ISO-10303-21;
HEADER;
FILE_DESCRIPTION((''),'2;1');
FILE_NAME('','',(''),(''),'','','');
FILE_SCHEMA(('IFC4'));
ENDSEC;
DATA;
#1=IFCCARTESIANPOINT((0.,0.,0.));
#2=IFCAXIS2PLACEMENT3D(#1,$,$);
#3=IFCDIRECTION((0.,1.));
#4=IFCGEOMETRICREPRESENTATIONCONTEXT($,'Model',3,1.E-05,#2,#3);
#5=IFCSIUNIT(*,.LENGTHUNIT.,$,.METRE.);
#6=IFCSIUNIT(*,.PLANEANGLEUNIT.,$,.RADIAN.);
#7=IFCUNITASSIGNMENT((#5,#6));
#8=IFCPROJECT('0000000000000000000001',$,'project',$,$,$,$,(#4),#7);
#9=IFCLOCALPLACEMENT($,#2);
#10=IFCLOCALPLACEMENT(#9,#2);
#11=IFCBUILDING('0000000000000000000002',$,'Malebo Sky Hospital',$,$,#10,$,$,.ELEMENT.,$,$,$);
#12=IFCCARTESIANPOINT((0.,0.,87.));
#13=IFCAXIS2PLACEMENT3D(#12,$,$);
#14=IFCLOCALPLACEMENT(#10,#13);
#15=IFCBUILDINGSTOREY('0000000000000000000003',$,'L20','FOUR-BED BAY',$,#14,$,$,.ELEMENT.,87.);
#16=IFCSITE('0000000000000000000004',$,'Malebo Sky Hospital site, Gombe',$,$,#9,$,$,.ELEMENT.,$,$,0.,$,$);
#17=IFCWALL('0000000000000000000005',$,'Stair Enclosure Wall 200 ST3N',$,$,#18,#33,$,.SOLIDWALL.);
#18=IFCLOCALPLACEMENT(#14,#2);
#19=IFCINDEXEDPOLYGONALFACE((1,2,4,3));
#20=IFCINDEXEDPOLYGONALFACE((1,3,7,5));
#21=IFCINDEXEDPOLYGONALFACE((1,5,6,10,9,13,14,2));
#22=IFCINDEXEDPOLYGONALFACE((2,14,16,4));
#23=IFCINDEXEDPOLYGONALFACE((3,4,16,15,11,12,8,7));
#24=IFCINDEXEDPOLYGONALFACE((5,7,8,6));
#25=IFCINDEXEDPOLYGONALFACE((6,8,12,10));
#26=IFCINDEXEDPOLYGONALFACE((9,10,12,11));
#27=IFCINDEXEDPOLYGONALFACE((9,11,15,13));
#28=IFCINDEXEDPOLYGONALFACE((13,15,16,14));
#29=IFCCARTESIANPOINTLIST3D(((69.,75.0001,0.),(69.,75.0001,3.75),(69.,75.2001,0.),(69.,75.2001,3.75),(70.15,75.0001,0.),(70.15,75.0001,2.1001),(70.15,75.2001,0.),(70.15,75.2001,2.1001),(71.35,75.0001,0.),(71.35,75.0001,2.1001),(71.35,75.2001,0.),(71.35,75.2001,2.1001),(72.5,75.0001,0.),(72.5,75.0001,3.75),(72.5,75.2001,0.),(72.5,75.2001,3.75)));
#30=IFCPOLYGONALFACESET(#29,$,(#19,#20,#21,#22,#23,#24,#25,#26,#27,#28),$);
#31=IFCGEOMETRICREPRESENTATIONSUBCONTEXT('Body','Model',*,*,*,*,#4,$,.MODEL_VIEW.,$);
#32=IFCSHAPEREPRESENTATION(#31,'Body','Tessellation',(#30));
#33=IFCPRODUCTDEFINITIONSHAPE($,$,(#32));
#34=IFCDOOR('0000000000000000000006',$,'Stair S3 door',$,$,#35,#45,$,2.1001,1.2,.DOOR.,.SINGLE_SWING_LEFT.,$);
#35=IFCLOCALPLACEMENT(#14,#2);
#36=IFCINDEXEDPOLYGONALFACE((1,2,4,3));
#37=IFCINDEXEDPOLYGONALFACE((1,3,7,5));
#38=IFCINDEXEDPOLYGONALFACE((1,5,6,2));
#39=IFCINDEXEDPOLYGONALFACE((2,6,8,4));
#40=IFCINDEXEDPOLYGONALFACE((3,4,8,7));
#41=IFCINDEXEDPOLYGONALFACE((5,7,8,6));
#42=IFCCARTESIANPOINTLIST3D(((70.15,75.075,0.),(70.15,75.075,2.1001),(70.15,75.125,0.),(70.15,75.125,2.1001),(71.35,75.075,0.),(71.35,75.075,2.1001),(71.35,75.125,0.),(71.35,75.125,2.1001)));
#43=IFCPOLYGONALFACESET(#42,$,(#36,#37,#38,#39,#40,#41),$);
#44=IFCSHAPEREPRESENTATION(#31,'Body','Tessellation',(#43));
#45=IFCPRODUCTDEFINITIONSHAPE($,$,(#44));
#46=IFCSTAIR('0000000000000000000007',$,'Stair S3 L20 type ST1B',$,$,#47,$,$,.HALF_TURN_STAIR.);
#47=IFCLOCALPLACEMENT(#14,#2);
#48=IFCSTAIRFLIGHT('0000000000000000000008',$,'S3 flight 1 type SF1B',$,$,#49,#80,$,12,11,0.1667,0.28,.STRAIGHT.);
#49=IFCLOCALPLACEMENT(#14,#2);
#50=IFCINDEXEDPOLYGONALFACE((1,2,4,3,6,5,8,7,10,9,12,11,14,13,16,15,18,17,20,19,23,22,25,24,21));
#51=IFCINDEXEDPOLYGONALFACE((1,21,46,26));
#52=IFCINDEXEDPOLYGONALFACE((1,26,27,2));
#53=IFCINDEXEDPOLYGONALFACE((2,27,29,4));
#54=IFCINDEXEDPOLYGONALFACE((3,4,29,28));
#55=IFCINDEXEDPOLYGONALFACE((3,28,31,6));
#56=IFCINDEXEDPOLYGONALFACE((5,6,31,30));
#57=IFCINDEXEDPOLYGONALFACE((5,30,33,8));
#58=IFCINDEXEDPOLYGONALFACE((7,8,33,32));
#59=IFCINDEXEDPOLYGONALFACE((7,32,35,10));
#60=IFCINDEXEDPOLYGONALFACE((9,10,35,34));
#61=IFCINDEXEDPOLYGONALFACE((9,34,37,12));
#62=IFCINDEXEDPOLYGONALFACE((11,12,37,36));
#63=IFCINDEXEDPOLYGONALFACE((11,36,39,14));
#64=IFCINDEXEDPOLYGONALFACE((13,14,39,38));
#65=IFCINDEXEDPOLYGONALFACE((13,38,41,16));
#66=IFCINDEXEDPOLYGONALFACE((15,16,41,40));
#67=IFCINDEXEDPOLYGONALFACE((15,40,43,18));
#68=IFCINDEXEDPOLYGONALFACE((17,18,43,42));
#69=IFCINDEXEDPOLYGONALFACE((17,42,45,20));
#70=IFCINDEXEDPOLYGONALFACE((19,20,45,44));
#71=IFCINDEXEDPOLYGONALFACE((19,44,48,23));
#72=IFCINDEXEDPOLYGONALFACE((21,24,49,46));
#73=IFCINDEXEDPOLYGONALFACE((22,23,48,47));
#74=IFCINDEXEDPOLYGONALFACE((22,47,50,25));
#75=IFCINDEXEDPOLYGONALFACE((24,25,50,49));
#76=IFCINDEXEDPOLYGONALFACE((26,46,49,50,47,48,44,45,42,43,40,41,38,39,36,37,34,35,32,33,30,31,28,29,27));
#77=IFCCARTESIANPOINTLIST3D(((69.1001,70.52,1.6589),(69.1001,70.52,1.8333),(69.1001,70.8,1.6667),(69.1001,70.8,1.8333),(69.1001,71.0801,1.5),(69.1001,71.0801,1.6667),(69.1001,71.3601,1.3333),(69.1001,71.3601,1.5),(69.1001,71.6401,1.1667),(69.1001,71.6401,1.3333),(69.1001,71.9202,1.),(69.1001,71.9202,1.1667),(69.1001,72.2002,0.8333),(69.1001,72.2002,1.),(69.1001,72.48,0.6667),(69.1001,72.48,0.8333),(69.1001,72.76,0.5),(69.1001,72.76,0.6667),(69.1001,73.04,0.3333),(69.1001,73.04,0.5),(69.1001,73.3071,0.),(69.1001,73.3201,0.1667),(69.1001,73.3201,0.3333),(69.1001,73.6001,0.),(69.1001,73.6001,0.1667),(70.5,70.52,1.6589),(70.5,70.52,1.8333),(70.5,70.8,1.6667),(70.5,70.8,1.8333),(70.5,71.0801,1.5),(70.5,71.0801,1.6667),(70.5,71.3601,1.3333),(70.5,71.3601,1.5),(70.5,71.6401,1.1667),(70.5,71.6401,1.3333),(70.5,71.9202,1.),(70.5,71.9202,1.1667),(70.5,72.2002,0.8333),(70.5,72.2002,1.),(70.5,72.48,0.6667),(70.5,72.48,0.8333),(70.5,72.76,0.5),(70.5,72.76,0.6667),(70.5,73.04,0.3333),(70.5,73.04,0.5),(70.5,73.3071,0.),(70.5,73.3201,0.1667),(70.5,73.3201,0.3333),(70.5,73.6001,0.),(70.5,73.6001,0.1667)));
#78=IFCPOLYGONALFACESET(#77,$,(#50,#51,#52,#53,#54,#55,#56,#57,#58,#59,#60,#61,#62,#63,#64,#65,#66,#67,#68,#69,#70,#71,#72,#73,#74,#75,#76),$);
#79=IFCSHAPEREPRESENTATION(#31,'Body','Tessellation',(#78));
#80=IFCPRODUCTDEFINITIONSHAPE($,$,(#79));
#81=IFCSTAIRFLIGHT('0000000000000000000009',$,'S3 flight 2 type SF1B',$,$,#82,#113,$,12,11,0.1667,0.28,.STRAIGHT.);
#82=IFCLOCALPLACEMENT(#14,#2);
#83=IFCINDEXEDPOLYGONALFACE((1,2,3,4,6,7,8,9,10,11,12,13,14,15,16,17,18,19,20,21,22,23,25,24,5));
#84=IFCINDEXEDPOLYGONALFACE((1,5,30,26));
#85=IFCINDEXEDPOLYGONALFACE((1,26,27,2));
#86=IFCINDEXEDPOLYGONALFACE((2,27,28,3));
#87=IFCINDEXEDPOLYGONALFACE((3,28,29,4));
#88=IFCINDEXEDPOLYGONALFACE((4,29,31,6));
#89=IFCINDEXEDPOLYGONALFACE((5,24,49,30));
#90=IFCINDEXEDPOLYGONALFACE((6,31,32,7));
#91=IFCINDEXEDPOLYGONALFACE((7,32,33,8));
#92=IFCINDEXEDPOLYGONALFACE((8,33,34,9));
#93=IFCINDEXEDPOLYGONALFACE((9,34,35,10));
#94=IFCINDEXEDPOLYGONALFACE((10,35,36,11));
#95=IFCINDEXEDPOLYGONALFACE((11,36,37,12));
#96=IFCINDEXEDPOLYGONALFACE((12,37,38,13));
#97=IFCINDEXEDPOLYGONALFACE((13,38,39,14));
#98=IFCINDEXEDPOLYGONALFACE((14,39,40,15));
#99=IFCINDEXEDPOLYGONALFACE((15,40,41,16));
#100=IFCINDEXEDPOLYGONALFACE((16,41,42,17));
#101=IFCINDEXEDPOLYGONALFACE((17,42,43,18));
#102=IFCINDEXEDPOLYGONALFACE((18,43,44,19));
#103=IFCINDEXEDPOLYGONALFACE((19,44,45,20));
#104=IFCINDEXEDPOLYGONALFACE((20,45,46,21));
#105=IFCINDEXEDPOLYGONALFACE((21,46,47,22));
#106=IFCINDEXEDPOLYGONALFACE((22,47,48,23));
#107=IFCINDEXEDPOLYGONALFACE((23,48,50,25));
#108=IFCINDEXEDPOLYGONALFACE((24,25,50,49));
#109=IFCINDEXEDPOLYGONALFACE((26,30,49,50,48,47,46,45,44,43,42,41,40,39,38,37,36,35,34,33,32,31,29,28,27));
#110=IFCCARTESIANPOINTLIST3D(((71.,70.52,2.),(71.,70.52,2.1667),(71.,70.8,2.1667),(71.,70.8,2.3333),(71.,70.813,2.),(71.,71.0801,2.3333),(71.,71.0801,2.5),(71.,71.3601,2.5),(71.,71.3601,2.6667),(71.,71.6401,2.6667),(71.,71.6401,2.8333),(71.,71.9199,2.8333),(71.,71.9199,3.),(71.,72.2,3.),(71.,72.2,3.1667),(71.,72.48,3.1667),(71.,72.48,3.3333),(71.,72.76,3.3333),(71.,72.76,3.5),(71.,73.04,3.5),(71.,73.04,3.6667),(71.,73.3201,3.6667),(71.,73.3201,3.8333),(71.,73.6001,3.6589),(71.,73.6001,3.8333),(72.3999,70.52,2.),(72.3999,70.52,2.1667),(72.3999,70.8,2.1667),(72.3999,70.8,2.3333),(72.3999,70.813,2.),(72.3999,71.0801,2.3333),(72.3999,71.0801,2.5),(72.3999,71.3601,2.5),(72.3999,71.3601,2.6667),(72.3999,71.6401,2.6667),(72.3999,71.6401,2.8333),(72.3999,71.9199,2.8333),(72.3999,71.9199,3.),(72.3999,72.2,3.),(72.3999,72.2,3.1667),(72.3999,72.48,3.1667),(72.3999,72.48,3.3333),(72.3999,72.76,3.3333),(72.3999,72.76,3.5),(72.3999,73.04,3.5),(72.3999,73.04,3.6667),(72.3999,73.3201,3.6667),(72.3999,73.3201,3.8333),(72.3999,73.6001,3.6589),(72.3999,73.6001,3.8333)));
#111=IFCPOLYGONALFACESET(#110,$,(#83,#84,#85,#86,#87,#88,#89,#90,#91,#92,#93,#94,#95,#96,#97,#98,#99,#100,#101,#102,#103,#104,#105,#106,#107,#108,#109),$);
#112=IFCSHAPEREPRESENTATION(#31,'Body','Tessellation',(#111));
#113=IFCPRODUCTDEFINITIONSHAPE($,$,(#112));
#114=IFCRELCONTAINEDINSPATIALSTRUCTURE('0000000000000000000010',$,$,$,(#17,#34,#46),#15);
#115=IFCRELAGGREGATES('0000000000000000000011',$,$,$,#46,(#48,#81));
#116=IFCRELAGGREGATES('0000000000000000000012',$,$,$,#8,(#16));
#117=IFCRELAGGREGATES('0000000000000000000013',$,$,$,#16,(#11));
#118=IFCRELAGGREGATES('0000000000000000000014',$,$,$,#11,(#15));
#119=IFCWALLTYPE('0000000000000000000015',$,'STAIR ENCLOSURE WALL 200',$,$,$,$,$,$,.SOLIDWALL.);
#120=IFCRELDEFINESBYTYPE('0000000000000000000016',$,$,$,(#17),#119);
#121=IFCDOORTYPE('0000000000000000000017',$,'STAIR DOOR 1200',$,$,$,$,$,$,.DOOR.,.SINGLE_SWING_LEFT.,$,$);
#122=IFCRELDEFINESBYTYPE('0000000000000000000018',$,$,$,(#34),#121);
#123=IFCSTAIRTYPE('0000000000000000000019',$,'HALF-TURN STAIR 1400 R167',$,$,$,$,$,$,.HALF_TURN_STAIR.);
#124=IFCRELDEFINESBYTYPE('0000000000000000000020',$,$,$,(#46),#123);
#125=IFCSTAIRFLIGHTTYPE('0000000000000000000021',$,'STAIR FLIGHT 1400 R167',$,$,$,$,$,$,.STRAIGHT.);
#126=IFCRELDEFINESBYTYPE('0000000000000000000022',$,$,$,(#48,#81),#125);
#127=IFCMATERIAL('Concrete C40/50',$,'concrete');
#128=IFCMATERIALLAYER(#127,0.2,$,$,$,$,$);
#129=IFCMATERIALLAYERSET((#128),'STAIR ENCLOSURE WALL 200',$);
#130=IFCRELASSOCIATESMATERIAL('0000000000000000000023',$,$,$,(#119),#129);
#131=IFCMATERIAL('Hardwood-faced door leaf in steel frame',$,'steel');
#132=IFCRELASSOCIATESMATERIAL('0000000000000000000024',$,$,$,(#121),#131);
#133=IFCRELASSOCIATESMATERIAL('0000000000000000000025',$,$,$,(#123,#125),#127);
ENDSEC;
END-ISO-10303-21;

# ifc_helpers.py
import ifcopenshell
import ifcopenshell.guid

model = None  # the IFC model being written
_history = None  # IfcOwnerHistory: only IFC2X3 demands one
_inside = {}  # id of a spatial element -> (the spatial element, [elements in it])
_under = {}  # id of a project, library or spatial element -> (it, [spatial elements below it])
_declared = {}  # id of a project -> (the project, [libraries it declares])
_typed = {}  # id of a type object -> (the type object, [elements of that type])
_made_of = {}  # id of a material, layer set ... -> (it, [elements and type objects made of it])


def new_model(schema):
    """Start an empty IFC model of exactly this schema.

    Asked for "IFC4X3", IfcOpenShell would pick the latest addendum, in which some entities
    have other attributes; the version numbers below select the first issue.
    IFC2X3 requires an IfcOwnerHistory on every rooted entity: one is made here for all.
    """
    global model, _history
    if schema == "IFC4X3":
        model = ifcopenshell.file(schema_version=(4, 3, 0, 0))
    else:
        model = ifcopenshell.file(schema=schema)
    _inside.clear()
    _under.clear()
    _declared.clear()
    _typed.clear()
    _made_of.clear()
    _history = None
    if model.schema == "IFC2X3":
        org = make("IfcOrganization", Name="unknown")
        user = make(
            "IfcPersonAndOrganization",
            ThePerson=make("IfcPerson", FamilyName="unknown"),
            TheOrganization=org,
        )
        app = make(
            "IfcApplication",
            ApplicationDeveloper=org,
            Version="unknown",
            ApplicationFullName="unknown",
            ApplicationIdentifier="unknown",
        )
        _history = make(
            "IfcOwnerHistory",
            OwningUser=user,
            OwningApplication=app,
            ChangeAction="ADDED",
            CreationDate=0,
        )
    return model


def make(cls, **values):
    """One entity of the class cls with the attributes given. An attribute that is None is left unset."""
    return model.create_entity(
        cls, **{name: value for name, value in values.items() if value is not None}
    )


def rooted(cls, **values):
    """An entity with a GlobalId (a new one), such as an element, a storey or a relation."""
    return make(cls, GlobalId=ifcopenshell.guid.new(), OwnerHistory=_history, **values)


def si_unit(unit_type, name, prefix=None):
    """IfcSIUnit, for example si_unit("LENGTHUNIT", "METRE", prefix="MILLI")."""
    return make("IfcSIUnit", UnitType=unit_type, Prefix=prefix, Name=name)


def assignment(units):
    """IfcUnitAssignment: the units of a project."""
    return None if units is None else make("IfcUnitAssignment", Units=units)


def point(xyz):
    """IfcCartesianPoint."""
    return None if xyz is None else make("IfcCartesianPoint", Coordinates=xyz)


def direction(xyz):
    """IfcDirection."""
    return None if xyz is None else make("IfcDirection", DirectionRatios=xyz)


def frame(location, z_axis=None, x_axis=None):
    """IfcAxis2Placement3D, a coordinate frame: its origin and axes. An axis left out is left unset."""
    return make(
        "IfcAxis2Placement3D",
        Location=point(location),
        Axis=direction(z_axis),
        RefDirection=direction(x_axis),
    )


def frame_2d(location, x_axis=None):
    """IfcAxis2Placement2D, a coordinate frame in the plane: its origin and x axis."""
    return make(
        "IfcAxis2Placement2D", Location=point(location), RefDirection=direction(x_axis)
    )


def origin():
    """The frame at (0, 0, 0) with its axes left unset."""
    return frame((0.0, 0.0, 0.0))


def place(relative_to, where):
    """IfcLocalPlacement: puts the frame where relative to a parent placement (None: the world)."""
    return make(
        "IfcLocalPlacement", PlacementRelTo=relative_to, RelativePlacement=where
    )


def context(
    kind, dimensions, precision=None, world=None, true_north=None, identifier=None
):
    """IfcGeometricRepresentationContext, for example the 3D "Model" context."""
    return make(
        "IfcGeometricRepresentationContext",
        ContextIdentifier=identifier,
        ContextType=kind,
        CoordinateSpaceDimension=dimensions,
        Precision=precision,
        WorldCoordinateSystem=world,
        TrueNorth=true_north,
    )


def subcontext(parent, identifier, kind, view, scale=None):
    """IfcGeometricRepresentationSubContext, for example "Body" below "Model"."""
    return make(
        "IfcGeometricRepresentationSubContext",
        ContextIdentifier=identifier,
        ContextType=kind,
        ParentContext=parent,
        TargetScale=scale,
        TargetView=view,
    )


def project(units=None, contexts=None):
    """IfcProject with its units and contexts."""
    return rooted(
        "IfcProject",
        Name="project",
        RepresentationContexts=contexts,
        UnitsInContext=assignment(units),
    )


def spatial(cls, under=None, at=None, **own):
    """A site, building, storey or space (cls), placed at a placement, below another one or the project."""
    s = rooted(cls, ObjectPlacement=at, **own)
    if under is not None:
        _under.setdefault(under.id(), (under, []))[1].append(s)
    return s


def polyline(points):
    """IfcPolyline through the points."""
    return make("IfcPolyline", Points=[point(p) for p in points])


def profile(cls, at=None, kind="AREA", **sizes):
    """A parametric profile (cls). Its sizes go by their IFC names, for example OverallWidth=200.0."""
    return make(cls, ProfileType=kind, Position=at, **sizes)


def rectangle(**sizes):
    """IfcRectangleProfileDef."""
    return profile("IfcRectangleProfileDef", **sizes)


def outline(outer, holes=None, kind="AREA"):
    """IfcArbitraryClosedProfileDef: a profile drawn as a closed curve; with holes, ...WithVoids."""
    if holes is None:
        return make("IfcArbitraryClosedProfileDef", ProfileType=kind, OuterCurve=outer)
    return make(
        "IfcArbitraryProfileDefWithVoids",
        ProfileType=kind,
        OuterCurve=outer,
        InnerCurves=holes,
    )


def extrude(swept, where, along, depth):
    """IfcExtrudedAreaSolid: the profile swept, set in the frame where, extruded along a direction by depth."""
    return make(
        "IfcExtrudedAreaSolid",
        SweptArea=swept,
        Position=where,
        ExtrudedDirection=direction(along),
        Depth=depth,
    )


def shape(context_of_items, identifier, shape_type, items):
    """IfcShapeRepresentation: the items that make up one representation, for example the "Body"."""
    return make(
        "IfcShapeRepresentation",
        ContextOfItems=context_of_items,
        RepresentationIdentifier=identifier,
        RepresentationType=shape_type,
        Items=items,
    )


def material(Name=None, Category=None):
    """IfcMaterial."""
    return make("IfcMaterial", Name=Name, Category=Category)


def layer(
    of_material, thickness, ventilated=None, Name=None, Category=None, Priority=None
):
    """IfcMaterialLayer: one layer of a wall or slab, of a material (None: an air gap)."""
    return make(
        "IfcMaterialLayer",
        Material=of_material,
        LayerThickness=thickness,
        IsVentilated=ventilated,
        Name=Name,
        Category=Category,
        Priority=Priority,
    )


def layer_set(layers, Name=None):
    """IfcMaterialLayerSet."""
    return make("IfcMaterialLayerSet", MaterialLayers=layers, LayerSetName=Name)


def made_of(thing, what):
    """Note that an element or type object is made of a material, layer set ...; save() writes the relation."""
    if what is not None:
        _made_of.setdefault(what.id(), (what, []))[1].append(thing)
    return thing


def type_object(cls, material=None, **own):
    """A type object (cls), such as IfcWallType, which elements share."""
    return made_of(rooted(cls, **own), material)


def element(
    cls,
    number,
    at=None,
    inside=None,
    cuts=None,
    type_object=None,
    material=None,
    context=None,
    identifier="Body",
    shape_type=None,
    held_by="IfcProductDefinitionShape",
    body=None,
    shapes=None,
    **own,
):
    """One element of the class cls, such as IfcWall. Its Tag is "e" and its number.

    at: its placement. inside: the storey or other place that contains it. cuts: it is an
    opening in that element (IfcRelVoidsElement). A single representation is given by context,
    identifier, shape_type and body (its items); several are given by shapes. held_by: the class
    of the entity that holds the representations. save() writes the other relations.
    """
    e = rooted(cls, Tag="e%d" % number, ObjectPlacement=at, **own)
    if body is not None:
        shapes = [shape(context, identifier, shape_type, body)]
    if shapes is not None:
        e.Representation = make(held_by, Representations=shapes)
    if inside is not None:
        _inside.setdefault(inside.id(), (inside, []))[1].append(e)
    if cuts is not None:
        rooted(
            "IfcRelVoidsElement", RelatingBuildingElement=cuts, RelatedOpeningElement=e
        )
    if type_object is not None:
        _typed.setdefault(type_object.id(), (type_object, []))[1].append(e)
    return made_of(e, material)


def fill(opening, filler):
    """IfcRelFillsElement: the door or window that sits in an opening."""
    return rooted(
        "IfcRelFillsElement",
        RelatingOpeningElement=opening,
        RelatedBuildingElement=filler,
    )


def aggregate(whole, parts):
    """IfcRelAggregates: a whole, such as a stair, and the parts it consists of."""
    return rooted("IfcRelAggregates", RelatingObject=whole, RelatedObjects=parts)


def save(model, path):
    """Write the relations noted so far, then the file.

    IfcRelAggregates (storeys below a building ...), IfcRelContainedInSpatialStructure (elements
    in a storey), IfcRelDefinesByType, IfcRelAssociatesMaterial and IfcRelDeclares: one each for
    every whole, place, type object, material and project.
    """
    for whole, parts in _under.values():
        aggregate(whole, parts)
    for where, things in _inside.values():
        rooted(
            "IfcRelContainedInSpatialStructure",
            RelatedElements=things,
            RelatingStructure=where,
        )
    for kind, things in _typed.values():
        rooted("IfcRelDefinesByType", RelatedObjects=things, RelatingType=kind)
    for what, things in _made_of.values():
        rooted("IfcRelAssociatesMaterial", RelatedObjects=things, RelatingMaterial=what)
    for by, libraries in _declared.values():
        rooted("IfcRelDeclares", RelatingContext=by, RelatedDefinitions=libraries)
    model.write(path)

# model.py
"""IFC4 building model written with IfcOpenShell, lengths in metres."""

from ifc_helpers import new_model, si_unit, direction, frame, frame_2d, origin, place, context, subcontext, project, spatial, polyline, rectangle, outline, extrude, material, layer, layer_set, type_object, element, fill, aggregate, save


model = new_model("IFC4")

# Units and contexts
model_context = context("Model", 3, precision=1e-05, world=origin(), true_north=direction((0.0, 1.0)))
body_context = subcontext(model_context, "Body", "Model", "MODEL_VIEW")
ifc_project = project(units=[si_unit("LENGTHUNIT", "METRE"), si_unit("PLANEANGLEUNIT", "RADIAN")], contexts=[model_context])

# Site, building, storey
site_placement = place(None, origin())
site = spatial("IfcSite", under=ifc_project, at=site_placement, Name="Malebo Sky Hospital site, Gombe", CompositionType="ELEMENT", RefElevation=0.0)
building_placement = place(site_placement, origin())
building = spatial("IfcBuilding", under=site, at=building_placement, Name="Malebo Sky Hospital", CompositionType="ELEMENT")
storey_placement = place(building_placement, frame((0.0, 0.0, 87.0)))
storey = spatial("IfcBuildingStorey", under=building, at=storey_placement, Name="L20", Description="FOUR-BED BAY", CompositionType="ELEMENT", Elevation=87.0)

# Shared definitions
ifc_material_1 = material(Name="Hardwood-faced door leaf in steel frame", Category="steel")

# Shared definitions
ifc_material_2 = material(Name="Concrete C40/50", Category="concrete")
ifc_layer_1 = layer(ifc_material_2, 0.2)
ifc_layer_set_1 = layer_set([ifc_layer_1], Name="STAIR ENCLOSURE WALL 200")
wall_type_1 = type_object("IfcWallType", Name="STAIR ENCLOSURE WALL 200", PredefinedType="SOLIDWALL", material=ifc_layer_set_1)

# Wall, opening, door
wall_1_placement = place(storey_placement, frame((69.0, 75.1001, 0.0), z_axis=(0.0, 0.0, 1.0), x_axis=(1.0, 0.0, 0.0)))
wall_1 = element("IfcWall", 1, at=wall_1_placement, inside=storey, type_object=wall_type_1, Name="Stair Enclosure Wall 200 ST3N", PredefinedType="SOLIDWALL", context=body_context, shape_type="SweptSolid", body=[
    extrude(rectangle(XDim=3.5, YDim=0.2, at=frame_2d((1.75, 0.0))), origin(), (0.0, 0.0, 1.0), 3.75),
])
opening_1_placement = place(wall_1_placement, frame((1.1499, 0.0, 0.0)))
opening_1 = element("IfcOpeningElement", 2, at=opening_1_placement, cuts=wall_1, PredefinedType="OPENING", context=body_context, shape_type="SweptSolid", body=[
    extrude(rectangle(XDim=1.2, YDim=2.1001, at=frame_2d((0.6001, 1.05))), frame((0.0, 0.1099, 0.0), z_axis=(0.0, -1.0, 0.0), x_axis=(1.0, 0.0, 0.0)), (0.0, 0.0, 1.0), 0.22),
])
door_type_1 = type_object("IfcDoorType", Name="STAIR DOOR 1200", OperationType="SINGLE_SWING_LEFT", PredefinedType="DOOR", material=ifc_material_1)
door_1_placement = place(opening_1_placement, origin())
door_1 = element("IfcDoor", 3, at=door_1_placement, inside=storey, type_object=door_type_1, Name="Stair S3 door", OperationType="SINGLE_SWING_LEFT", OverallHeight=2.1001, OverallWidth=1.2, PredefinedType="DOOR", context=body_context, shape_type="SweptSolid", body=[
    extrude(rectangle(XDim=1.2, YDim=2.1001, at=frame_2d((0.6001, 1.05))), frame((0.0, 0.0249, 0.0), z_axis=(0.0, -1.0, 0.0), x_axis=(1.0, 0.0, 0.0)), (0.0, 0.0, 1.0), 0.05),
])
fill(opening_1, door_1)

# Stair, stair flights
stair_type = type_object("IfcStairType", Name="HALF-TURN STAIR 1400 R167", PredefinedType="HALF_TURN_STAIR", material=ifc_material_2)
stair_placement = place(storey_placement, origin())
stair = element("IfcStair", 4, at=stair_placement, inside=storey, type_object=stair_type, Name="Stair S3 L20 type ST1B", PredefinedType="HALF_TURN_STAIR")
stair_flight_type = type_object("IfcStairFlightType", Name="STAIR FLIGHT 1400 R167", PredefinedType="STRAIGHT", material=ifc_material_2)
stair_flight_1_placement = place(storey_placement, frame((69.8, 73.6001, 0.0), z_axis=(0.0, 0.0, 1.0), x_axis=(0.0, -1.0, 0.0)))
stair_flight_1 = element("IfcStairFlight", 5, at=stair_flight_1_placement, type_object=stair_flight_type, Name="S3 flight 1 type SF1B", NumberOfRisers=12, NumberOfTreads=11, PredefinedType="STRAIGHT", RiserHeight=0.1667, TreadLength=0.28, context=body_context, shape_type="SweptSolid", body=[
    extrude(outline(polyline([(0.0, 0.0), (0.0, 0.1667), (0.28, 0.1667), (0.28, 0.3333), (0.5601, 0.3333), (0.5601, 0.5), (0.8401, 0.5), (0.8401, 0.6667), (1.1201, 0.6667), (1.1201, 0.8333), (1.3999, 0.8333), (1.3999, 1.0), (1.6799, 1.0), (1.6799, 1.1667), (1.96, 1.1667), (1.96, 1.3333), (2.24, 1.3333), (2.24, 1.5), (2.52, 1.5), (2.52, 1.6667), (2.8, 1.6667), (2.8, 1.8333), (3.0801, 1.8333), (3.0801, 2.0), (3.0801, 1.6589), (0.293, 0.0), (0.0, 0.0)])), frame((0.0, 0.7, 0.0), z_axis=(0.0, -1.0, 0.0), x_axis=(1.0, 0.0, 0.0)), (0.0, 0.0, 1.0), 1.3999),
])
stair_flight_2_placement = place(storey_placement, frame((71.7, 70.52, 2.0), z_axis=(0.0, 0.0, 1.0), x_axis=(0.0, 1.0, 0.0)))
stair_flight_2 = element("IfcStairFlight", 6, at=stair_flight_2_placement, type_object=stair_flight_type, Name="S3 flight 2 type SF1B", NumberOfRisers=12, NumberOfTreads=11, PredefinedType="STRAIGHT", RiserHeight=0.1667, TreadLength=0.28, context=body_context, shape_type="SweptSolid", body=[
    extrude(outline(polyline([(0.0, 0.0), (0.0, 0.1667), (0.28, 0.1667), (0.28, 0.3333), (0.5601, 0.3333), (0.5601, 0.5), (0.8401, 0.5), (0.8401, 0.6667), (1.1201, 0.6667), (1.1201, 0.8333), (1.3999, 0.8333), (1.3999, 1.0), (1.6799, 1.0), (1.6799, 1.1667), (1.96, 1.1667), (1.96, 1.3333), (2.24, 1.3333), (2.24, 1.5), (2.52, 1.5), (2.52, 1.6667), (2.8, 1.6667), (2.8, 1.8333), (3.0801, 1.8333), (3.0801, 2.0), (3.0801, 1.6589), (0.293, 0.0), (0.0, 0.0)])), frame((0.0, 0.7, 0.0), z_axis=(0.0, -1.0, 0.0), x_axis=(1.0, 0.0, 0.0)), (0.0, 0.0, 1.0), 1.3999),
])
aggregate(stair, [stair_flight_1, stair_flight_2])

save(model, "model.ifc")
